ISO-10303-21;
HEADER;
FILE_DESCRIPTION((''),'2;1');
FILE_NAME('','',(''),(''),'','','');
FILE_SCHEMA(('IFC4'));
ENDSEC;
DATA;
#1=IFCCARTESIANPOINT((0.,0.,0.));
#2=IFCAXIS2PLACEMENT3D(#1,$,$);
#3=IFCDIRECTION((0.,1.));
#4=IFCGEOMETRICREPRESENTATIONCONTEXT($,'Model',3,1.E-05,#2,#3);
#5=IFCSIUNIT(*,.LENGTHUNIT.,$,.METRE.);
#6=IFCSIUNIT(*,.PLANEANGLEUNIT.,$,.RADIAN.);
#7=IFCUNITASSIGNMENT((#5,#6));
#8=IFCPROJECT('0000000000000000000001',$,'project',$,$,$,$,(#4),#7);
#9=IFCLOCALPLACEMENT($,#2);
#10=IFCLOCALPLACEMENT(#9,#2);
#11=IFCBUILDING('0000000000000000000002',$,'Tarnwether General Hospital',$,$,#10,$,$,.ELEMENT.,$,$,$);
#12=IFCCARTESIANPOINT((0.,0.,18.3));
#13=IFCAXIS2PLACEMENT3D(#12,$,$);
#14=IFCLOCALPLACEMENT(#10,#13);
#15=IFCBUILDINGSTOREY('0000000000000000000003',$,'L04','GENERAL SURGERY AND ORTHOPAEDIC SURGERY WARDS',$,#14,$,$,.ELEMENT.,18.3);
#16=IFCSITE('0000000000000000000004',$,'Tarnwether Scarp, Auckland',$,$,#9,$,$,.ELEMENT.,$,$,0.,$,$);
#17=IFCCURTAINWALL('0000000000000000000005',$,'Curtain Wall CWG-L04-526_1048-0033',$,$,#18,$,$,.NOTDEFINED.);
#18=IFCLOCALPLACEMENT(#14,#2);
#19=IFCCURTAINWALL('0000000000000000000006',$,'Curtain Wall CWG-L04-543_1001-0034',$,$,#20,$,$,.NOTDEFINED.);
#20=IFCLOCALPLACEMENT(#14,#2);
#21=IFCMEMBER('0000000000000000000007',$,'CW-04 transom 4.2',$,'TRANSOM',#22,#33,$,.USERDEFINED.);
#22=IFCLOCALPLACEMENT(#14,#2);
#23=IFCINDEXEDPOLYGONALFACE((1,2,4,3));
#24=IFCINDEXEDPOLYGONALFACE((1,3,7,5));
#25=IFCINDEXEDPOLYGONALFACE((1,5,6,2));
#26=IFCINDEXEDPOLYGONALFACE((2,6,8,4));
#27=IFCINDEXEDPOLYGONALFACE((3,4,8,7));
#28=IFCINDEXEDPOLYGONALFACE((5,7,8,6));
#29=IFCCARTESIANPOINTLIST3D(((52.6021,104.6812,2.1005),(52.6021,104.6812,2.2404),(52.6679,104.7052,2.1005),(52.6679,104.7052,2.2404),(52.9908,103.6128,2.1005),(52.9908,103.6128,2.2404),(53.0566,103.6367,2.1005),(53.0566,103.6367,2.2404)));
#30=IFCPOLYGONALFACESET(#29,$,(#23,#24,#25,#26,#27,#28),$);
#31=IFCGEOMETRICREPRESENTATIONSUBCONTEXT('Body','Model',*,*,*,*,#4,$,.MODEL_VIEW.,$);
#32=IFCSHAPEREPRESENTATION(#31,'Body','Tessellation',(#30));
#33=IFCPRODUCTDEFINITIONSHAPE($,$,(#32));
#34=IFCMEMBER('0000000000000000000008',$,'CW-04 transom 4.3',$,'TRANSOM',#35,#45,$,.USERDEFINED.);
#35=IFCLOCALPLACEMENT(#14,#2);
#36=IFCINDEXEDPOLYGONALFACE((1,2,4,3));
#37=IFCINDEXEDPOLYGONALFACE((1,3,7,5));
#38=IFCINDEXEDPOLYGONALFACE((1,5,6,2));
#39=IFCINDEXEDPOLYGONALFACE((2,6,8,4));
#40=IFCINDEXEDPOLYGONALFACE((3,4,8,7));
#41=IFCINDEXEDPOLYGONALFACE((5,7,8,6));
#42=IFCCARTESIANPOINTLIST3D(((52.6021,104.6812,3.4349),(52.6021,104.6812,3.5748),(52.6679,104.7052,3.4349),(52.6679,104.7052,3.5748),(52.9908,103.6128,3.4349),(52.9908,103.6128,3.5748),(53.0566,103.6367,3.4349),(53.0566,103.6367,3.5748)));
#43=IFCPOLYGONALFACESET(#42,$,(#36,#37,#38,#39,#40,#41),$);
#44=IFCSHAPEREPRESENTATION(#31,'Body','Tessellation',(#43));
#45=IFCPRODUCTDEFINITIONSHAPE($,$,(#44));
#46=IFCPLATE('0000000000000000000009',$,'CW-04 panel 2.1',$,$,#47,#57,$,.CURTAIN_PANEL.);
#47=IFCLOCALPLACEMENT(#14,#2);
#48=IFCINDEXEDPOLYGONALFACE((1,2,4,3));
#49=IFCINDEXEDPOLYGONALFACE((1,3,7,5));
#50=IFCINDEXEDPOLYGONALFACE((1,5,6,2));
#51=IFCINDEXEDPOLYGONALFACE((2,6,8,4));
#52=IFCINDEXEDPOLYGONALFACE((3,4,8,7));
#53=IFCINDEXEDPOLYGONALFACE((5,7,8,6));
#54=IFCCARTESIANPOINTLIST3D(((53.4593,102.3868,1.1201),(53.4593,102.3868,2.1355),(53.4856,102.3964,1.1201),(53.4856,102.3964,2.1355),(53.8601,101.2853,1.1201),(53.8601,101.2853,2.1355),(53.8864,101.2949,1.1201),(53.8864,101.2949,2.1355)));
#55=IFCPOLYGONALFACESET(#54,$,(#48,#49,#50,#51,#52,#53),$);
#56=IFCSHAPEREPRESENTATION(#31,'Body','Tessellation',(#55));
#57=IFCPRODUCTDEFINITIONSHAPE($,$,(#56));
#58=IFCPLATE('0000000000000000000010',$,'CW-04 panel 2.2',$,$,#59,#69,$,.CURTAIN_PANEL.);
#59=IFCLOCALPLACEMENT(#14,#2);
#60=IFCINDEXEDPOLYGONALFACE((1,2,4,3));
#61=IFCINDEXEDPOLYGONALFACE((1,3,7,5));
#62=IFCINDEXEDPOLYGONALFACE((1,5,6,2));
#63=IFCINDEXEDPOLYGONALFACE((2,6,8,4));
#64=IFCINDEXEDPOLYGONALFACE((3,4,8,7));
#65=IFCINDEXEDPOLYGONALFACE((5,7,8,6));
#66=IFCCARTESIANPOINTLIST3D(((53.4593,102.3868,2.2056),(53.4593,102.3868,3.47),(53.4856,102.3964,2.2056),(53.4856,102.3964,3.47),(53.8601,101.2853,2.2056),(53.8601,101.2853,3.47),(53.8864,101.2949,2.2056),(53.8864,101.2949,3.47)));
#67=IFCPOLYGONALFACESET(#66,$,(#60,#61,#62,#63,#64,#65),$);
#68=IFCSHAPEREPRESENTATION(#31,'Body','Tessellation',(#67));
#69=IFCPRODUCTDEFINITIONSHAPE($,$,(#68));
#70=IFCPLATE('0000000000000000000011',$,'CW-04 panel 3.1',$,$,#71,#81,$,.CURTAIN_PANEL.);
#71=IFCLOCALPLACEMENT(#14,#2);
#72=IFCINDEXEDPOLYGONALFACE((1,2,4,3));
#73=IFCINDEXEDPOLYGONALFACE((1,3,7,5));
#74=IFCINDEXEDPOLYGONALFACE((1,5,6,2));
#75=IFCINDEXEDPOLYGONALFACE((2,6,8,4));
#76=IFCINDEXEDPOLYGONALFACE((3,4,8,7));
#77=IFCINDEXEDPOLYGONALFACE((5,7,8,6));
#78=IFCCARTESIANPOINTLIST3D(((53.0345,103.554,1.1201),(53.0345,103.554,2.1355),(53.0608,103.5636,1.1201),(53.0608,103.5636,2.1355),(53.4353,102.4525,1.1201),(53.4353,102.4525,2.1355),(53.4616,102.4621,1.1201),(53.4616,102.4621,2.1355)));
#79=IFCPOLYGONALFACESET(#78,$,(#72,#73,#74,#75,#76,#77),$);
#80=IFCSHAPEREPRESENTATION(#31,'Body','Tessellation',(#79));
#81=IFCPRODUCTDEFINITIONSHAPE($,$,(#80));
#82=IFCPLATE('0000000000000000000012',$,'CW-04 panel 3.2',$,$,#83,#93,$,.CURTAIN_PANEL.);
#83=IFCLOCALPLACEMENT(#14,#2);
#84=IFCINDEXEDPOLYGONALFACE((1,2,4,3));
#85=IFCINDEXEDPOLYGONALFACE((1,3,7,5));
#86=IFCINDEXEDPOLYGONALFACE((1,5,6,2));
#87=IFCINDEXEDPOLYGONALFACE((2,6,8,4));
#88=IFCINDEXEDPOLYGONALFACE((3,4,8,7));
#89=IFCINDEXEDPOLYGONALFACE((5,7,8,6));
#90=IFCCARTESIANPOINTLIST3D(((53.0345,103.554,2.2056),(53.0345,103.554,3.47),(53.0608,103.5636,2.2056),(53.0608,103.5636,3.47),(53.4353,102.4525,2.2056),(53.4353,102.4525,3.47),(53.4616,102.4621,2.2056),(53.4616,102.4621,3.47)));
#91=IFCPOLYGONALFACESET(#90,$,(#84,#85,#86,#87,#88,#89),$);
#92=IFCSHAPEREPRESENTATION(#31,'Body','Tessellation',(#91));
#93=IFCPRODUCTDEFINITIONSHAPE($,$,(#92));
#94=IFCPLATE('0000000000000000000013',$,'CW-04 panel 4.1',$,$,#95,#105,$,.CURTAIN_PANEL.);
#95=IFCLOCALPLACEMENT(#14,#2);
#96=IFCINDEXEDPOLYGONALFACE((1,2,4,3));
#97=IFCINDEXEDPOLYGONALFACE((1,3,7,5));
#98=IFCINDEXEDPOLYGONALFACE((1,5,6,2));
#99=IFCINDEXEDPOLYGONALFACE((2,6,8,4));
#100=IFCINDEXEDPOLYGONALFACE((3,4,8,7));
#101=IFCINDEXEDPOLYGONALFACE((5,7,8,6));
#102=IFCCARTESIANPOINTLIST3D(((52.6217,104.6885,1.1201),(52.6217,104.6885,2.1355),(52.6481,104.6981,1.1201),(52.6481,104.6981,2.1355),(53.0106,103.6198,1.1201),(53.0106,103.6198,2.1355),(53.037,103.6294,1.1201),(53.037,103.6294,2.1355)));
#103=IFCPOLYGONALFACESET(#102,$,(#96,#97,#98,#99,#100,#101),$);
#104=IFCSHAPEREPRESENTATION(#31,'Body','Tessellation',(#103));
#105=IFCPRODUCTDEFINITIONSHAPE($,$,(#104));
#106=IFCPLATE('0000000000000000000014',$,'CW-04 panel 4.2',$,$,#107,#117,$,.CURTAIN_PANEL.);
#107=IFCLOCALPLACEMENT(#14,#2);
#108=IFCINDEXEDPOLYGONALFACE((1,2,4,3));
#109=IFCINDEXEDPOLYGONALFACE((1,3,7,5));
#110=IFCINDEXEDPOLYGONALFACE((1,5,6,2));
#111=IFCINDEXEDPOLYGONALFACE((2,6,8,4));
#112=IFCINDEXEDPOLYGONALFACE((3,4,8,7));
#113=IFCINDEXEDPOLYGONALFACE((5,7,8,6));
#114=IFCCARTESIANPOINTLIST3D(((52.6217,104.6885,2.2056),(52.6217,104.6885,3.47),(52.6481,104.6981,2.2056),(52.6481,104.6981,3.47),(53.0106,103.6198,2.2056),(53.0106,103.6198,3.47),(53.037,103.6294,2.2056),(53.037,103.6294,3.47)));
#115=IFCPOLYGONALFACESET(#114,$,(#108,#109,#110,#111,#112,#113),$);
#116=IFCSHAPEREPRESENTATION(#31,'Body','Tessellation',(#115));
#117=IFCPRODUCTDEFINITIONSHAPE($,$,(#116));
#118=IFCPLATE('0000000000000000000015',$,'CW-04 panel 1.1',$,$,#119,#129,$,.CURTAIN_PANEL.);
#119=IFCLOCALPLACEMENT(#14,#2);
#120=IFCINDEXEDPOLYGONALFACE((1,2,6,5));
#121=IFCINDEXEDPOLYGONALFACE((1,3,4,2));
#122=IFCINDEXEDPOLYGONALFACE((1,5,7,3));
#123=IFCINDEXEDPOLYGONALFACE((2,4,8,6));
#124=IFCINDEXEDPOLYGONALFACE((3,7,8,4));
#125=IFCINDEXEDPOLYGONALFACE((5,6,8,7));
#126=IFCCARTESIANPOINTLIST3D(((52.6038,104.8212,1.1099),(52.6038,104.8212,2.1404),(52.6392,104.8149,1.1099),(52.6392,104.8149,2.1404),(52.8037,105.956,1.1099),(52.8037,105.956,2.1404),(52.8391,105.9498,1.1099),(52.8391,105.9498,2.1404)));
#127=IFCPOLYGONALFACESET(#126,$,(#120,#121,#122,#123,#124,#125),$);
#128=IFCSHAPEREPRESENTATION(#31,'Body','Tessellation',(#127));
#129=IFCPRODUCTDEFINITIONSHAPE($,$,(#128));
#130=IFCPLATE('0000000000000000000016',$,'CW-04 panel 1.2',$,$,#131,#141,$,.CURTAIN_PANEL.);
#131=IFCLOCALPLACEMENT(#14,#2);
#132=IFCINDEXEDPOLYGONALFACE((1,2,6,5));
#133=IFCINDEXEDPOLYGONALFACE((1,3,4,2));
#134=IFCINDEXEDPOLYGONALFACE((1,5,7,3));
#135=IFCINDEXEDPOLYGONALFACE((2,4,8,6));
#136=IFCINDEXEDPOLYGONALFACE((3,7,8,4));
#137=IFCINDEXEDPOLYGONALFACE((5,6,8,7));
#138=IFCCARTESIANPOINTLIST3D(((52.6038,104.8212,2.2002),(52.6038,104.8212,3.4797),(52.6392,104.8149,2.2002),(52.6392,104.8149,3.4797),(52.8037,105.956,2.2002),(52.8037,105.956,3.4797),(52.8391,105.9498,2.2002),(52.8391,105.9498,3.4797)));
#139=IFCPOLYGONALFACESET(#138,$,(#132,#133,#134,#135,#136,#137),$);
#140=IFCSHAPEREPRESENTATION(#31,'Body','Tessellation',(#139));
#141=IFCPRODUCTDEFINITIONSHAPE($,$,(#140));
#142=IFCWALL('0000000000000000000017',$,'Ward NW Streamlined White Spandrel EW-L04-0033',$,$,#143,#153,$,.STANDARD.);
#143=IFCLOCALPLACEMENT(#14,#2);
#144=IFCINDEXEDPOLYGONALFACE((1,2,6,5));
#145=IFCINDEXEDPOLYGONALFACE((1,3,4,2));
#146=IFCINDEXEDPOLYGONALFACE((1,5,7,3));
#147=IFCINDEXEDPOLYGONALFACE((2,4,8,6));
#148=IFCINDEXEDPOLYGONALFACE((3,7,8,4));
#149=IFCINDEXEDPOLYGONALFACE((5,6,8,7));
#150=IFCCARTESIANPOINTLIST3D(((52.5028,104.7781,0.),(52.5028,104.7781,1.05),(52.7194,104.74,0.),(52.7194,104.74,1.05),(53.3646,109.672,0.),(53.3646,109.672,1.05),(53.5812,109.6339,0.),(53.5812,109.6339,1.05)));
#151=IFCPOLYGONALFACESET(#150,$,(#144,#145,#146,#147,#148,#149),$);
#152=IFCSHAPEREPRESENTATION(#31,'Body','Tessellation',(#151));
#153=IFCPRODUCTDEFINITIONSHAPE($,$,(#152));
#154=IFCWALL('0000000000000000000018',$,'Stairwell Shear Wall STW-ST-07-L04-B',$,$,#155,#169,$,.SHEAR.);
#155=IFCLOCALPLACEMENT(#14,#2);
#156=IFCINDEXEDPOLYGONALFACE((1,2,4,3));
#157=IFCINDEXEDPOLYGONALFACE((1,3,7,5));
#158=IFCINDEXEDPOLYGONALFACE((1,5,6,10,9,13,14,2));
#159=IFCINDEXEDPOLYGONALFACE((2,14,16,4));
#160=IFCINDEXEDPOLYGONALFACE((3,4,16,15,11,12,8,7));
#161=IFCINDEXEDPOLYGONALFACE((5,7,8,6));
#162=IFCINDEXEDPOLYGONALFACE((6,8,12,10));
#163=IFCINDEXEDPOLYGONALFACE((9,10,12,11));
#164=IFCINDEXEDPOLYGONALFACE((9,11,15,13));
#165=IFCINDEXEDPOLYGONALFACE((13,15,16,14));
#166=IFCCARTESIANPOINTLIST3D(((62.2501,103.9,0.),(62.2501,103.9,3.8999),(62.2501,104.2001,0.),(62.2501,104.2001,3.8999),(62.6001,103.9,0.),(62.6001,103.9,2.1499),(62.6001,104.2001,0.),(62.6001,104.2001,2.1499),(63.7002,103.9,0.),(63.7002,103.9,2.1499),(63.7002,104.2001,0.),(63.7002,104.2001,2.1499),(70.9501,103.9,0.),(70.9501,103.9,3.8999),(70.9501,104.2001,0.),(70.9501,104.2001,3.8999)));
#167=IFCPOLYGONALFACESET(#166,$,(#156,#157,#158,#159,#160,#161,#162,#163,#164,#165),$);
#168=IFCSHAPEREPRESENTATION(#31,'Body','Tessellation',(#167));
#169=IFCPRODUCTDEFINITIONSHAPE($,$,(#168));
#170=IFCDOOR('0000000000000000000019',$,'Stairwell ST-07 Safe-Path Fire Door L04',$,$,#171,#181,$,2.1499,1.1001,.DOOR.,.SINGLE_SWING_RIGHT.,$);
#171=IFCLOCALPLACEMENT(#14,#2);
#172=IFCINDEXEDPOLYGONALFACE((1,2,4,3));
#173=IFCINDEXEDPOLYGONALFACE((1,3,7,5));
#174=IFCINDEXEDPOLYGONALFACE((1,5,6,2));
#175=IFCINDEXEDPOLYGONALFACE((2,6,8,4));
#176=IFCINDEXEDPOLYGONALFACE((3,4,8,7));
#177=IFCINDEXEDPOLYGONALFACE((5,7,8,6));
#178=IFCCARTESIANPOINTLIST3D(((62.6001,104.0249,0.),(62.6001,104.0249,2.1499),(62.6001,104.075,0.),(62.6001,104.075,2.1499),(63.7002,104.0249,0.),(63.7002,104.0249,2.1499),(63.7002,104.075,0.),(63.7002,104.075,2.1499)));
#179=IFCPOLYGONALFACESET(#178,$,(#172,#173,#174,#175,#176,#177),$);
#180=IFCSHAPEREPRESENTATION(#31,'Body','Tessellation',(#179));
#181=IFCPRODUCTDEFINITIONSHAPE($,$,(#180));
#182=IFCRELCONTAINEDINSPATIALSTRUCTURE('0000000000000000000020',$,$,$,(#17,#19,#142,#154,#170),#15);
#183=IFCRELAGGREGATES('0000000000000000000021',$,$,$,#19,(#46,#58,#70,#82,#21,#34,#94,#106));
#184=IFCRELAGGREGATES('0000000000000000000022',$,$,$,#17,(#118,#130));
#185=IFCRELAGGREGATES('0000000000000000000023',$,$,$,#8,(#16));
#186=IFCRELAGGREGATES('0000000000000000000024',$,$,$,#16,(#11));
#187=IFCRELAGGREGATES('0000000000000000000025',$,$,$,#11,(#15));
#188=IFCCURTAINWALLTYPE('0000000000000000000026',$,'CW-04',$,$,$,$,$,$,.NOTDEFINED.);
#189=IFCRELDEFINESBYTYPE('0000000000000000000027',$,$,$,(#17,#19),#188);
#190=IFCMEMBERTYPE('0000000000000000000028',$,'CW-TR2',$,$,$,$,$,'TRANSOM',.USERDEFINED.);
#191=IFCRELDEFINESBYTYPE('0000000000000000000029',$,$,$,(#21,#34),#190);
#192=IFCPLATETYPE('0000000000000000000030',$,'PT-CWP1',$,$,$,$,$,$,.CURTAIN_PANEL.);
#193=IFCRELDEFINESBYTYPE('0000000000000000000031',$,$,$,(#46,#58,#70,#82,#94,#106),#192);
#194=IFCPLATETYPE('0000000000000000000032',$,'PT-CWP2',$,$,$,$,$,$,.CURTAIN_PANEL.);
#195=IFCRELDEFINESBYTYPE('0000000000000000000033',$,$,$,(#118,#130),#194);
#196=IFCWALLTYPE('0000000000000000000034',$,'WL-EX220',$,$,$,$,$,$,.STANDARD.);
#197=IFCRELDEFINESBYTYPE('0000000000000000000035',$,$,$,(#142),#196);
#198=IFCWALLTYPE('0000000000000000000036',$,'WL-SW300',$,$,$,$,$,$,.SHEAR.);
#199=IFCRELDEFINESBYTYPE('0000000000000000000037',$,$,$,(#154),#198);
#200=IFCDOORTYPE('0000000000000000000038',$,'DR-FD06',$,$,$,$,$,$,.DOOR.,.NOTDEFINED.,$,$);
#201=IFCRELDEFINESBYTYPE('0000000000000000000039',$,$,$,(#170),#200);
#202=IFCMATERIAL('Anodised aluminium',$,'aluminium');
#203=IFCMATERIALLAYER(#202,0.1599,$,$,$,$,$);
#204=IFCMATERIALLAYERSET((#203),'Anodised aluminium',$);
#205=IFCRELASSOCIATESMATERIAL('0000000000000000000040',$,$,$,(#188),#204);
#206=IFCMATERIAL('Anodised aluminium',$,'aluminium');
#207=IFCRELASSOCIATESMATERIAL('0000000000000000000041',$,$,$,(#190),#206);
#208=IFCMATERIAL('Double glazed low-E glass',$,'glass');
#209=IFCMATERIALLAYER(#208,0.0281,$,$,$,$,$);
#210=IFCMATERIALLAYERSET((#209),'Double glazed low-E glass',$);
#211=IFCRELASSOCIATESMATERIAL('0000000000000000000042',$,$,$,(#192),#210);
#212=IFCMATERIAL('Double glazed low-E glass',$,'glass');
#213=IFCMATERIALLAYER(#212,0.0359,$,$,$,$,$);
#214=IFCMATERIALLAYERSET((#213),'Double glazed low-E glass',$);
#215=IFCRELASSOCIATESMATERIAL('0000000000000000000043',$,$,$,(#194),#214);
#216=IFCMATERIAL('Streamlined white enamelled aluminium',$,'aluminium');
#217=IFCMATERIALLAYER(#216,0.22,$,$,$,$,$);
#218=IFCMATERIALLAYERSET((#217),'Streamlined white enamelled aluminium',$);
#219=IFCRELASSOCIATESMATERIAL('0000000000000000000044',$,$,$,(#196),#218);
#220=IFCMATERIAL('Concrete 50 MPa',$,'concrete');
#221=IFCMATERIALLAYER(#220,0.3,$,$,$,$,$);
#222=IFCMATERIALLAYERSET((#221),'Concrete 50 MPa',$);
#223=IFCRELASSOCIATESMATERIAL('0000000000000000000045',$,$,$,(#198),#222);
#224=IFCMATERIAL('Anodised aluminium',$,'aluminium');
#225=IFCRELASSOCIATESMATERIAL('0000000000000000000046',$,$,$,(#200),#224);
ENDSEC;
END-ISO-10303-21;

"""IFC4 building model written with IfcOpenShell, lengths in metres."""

from ifc_helpers import new_model, si_unit, direction, frame, frame_2d, origin, origin_2d, place, context, subcontext, project, spatial, rectangle, extrude, material, layer, layer_set, material_profile, profile_set, type_object, element, fill, aggregate, save


model = new_model("IFC4")

# Units and contexts
model_context = context("Model", 3, precision=1e-05, world=origin(), true_north=direction((0.0, 1.0)))
body_context = subcontext(model_context, "Body", "Model", "MODEL_VIEW")
ifc_project = project(units=[si_unit("LENGTHUNIT", "METRE"), si_unit("PLANEANGLEUNIT", "RADIAN")], contexts=[model_context])

# Site, building, storey
site_placement = place(None, origin())
site = spatial("IfcSite", under=ifc_project, at=site_placement, Name="Tarnwether Scarp, Auckland", CompositionType="ELEMENT", RefElevation=0.0)
building_placement = place(site_placement, origin())
building = spatial("IfcBuilding", under=site, at=building_placement, Name="Tarnwether General Hospital", CompositionType="ELEMENT")
storey_placement = place(building_placement, frame((0.0, 0.0, 18.3)))
storey = spatial("IfcBuildingStorey", under=building, at=storey_placement, Name="L04", Description="GENERAL SURGERY AND ORTHOPAEDIC SURGERY WARDS", CompositionType="ELEMENT", Elevation=18.3)

# Curtain walls
ifc_material_1 = material(Name="Anodised aluminium", Category="aluminium")
ifc_layer_1 = layer(ifc_material_1, 0.1599)
ifc_layer_set_1 = layer_set([ifc_layer_1], Name="Anodised aluminium")
curtain_wall_type = type_object("IfcCurtainWallType", Name="CW-04", PredefinedType="NOTDEFINED", material=ifc_layer_set_1)
curtain_wall_1_placement = place(storey_placement, origin())
curtain_wall_1 = element("IfcCurtainWall", 1, at=curtain_wall_1_placement, inside=storey, type_object=curtain_wall_type, Name="Curtain Wall CWG-L04-526_1048-0033", PredefinedType="NOTDEFINED")
curtain_wall_2_placement = place(storey_placement, origin())
curtain_wall_2 = element("IfcCurtainWall", 2, at=curtain_wall_2_placement, inside=storey, type_object=curtain_wall_type, Name="Curtain Wall CWG-L04-543_1001-0034", PredefinedType="NOTDEFINED")

# Members
ifc_material_2 = material(Name="Anodised aluminium", Category="aluminium")
ifc_material_profile_1 = material_profile(ifc_material_2, rectangle(XDim=0.0701, YDim=0.1399, at=origin_2d()), Name="ALU-TRN-70x140")
ifc_profile_set_1 = profile_set([ifc_material_profile_1], Name="Anodised aluminium")
member_type_1 = type_object("IfcMemberType", Name="CW-TR2", ElementType="TRANSOM", PredefinedType="USERDEFINED", material=ifc_profile_set_1)
member_1_placement = place(storey_placement, frame((53.0237, 103.6248, 2.1704), z_axis=(-0.341881, 0.939743, 0.0), x_axis=(-0.939743, -0.341881, 0.0)))
member_1 = element("IfcMember", 3, at=member_1_placement, type_object=member_type_1, Name="CW-04 transom 4.2", ObjectType="TRANSOM", PredefinedType="USERDEFINED", context=body_context, shape_type="SweptSolid", body=[
    extrude(rectangle(XDim=0.0701, YDim=0.1399, at=origin_2d()), origin(), (0.0, 0.0, 1.0), 1.137),
])
member_2_placement = place(storey_placement, frame((53.0237, 103.6248, 3.5049), z_axis=(-0.341881, 0.939743, 0.0), x_axis=(-0.939743, -0.341881, 0.0)))
member_2 = element("IfcMember", 4, at=member_2_placement, type_object=member_type_1, Name="CW-04 transom 4.3", ObjectType="TRANSOM", PredefinedType="USERDEFINED", context=body_context, shape_type="SweptSolid", body=[
    extrude(rectangle(XDim=0.0701, YDim=0.1399, at=origin_2d()), origin(), (0.0, 0.0, 1.0), 1.137),
])

# Plates
ifc_material_3 = material(Name="Double glazed low-E glass", Category="glass")
ifc_layer_2 = layer(ifc_material_3, 0.0281)
ifc_layer_set_2 = layer_set([ifc_layer_2], Name="Double glazed low-E glass")
plate_type_1 = type_object("IfcPlateType", Name="PT-CWP1", PredefinedType="CURTAIN_PANEL", material=ifc_layer_set_2)
plate_1_placement = place(storey_placement, frame((53.6729, 101.8408, 1.1201), z_axis=(0.0, 0.0, 1.0), x_axis=(-0.341953, 0.939717, 0.0)))
plate_1 = element("IfcPlate", 5, at=plate_1_placement, type_object=plate_type_1, Name="CW-04 panel 2.1", PredefinedType="CURTAIN_PANEL", context=body_context, shape_type="SweptSolid", body=[
    extrude(rectangle(XDim=1.1721, YDim=0.0281, at=origin_2d()), origin(), (0.0, 0.0, 1.0), 1.0154),
])
plate_2_placement = place(storey_placement, frame((53.6729, 101.8408, 2.2056), z_axis=(0.0, 0.0, 1.0), x_axis=(-0.341953, 0.939717, 0.0)))
plate_2 = element("IfcPlate", 6, at=plate_2_placement, type_object=plate_type_1, Name="CW-04 panel 2.2", PredefinedType="CURTAIN_PANEL", context=body_context, shape_type="SweptSolid", body=[
    extrude(rectangle(XDim=1.1721, YDim=0.0281, at=origin_2d()), origin(), (0.0, 0.0, 1.0), 1.2644),
])
plate_3_placement = place(storey_placement, frame((53.248, 103.0081, 1.1201), z_axis=(0.0, 0.0, 1.0), x_axis=(-0.341953, 0.939717, 0.0)))
plate_3 = element("IfcPlate", 7, at=plate_3_placement, type_object=plate_type_1, Name="CW-04 panel 3.1", PredefinedType="CURTAIN_PANEL", context=body_context, shape_type="SweptSolid", body=[
    extrude(rectangle(XDim=1.1721, YDim=0.0281, at=origin_2d()), origin(), (0.0, 0.0, 1.0), 1.0154),
])
plate_4_placement = place(storey_placement, frame((53.248, 103.0081, 2.2056), z_axis=(0.0, 0.0, 1.0), x_axis=(-0.341953, 0.939717, 0.0)))
plate_4 = element("IfcPlate", 8, at=plate_4_placement, type_object=plate_type_1, Name="CW-04 panel 3.2", PredefinedType="CURTAIN_PANEL", context=body_context, shape_type="SweptSolid", body=[
    extrude(rectangle(XDim=1.1721, YDim=0.0281, at=origin_2d()), origin(), (0.0, 0.0, 1.0), 1.2644),
])
plate_5_placement = place(storey_placement, frame((52.8293, 104.1589, 1.1201), z_axis=(0.0, 0.0, 1.0), x_axis=(-0.341953, 0.939717, 0.0)))
plate_5 = element("IfcPlate", 9, at=plate_5_placement, type_object=plate_type_1, Name="CW-04 panel 4.1", PredefinedType="CURTAIN_PANEL", context=body_context, shape_type="SweptSolid", body=[
    extrude(rectangle(XDim=1.1372, YDim=0.0281, at=origin_2d()), origin(), (0.0, 0.0, 1.0), 1.0154),
])
plate_6_placement = place(storey_placement, frame((52.8293, 104.1589, 2.2056), z_axis=(0.0, 0.0, 1.0), x_axis=(-0.341953, 0.939717, 0.0)))
plate_6 = element("IfcPlate", 10, at=plate_6_placement, type_object=plate_type_1, Name="CW-04 panel 4.2", PredefinedType="CURTAIN_PANEL", context=body_context, shape_type="SweptSolid", body=[
    extrude(rectangle(XDim=1.1372, YDim=0.0281, at=origin_2d()), origin(), (0.0, 0.0, 1.0), 1.2644),
])
aggregate(curtain_wall_2, [plate_1, plate_2, plate_3, plate_4, member_1, member_2, plate_5, plate_6])
ifc_material_4 = material(Name="Double glazed low-E glass", Category="glass")
ifc_layer_3 = layer(ifc_material_4, 0.0359)
ifc_layer_set_3 = layer_set([ifc_layer_3], Name="Double glazed low-E glass")
plate_type_2 = type_object("IfcPlateType", Name="PT-CWP2", PredefinedType="CURTAIN_PANEL", material=ifc_layer_set_3)
plate_7_placement = place(storey_placement, frame((52.7214, 105.3855, 1.1099), z_axis=(0.0, 0.0, 1.0), x_axis=(0.173464, 0.98484, 0.0)))
plate_7 = element("IfcPlate", 11, at=plate_7_placement, type_object=plate_type_2, Name="CW-04 panel 1.1", PredefinedType="CURTAIN_PANEL", context=body_context, shape_type="SweptSolid", body=[
    extrude(rectangle(XDim=1.1523, YDim=0.0359, at=origin_2d()), origin(), (0.0, 0.0, 1.0), 1.0305),
])
plate_8_placement = place(storey_placement, frame((52.7214, 105.3855, 2.2002), z_axis=(0.0, 0.0, 1.0), x_axis=(0.173464, 0.98484, 0.0)))
plate_8 = element("IfcPlate", 12, at=plate_8_placement, type_object=plate_type_2, Name="CW-04 panel 1.2", PredefinedType="CURTAIN_PANEL", context=body_context, shape_type="SweptSolid", body=[
    extrude(rectangle(XDim=1.1523, YDim=0.0359, at=origin_2d()), origin(), (0.0, 0.0, 1.0), 1.2795),
])
aggregate(curtain_wall_1, [plate_7, plate_8])

# Wall
ifc_material_5 = material(Name="Streamlined white enamelled aluminium", Category="aluminium")
ifc_layer_4 = layer(ifc_material_5, 0.22)
ifc_layer_set_4 = layer_set([ifc_layer_4], Name="Streamlined white enamelled aluminium")
wall_type_1 = type_object("IfcWallType", Name="WL-EX220", PredefinedType="STANDARD", material=ifc_layer_set_4)
wall_1_placement = place(storey_placement, frame((52.6111, 104.759, 0.0), z_axis=(0.0, 0.0, 1.0), x_axis=(0.173427, 0.984847, 0.0)))
element("IfcWall", 13, at=wall_1_placement, inside=storey, type_object=wall_type_1, Name="Ward NW Streamlined White Spandrel EW-L04-0033", PredefinedType="STANDARD", context=body_context, shape_type="SweptSolid", body=[
    extrude(rectangle(XDim=4.9692, YDim=0.22, at=frame_2d((2.4846, 0.0))), origin(), (0.0, 0.0, 1.0), 1.05),
])

# Wall, opening, door
ifc_material_6 = material(Name="Concrete 50 MPa", Category="concrete")
ifc_layer_5 = layer(ifc_material_6, 0.3)
ifc_layer_set_5 = layer_set([ifc_layer_5], Name="Concrete 50 MPa")
wall_type_2 = type_object("IfcWallType", Name="WL-SW300", PredefinedType="SHEAR", material=ifc_layer_set_5)
wall_2_placement = place(storey_placement, frame((62.25, 104.05, 0.0), z_axis=(0.0, 0.0, 1.0), x_axis=(1.0, 0.0, 0.0)))
wall_2 = element("IfcWall", 14, at=wall_2_placement, inside=storey, type_object=wall_type_2, Name="Stairwell Shear Wall STW-ST-07-L04-B", PredefinedType="SHEAR", context=body_context, shape_type="SweptSolid", body=[
    extrude(rectangle(XDim=8.7, YDim=0.3, at=frame_2d((4.3501, 0.0))), origin(), (0.0, 0.0, 1.0), 3.8999),
])
opening_placement = place(wall_2_placement, frame((0.3501, 0.0, 0.0)))
opening = element("IfcOpeningElement", 15, at=opening_placement, cuts=wall_2, PredefinedType="OPENING", context=body_context, shape_type="SweptSolid", body=[
    extrude(rectangle(XDim=1.1001, YDim=2.1499, at=frame_2d((0.55, 1.075))), frame((0.0, 0.1602, 0.0), z_axis=(0.0, -1.0, 0.0), x_axis=(1.0, 0.0, 0.0)), (0.0, 0.0, 1.0), 0.3201),
])
ifc_material_7 = material(Name="Anodised aluminium", Category="aluminium")
door_type = type_object("IfcDoorType", Name="DR-FD06", OperationType="NOTDEFINED", PredefinedType="DOOR", material=ifc_material_7)
door_placement = place(opening_placement, origin())
door = element("IfcDoor", 16, at=door_placement, inside=storey, type_object=door_type, Name="Stairwell ST-07 Safe-Path Fire Door L04", OperationType="SINGLE_SWING_RIGHT", OverallHeight=2.1499, OverallWidth=1.1001, PredefinedType="DOOR", context=body_context, shape_type="SweptSolid", body=[
    extrude(rectangle(XDim=1.1001, YDim=2.1499, at=frame_2d((0.55, 1.075))), frame((0.0, 0.0249, 0.0), z_axis=(0.0, -1.0, 0.0), x_axis=(1.0, 0.0, 0.0)), (0.0, 0.0, 1.0), 0.05),
])
fill(opening, door)

save(model, "model.ifc")
